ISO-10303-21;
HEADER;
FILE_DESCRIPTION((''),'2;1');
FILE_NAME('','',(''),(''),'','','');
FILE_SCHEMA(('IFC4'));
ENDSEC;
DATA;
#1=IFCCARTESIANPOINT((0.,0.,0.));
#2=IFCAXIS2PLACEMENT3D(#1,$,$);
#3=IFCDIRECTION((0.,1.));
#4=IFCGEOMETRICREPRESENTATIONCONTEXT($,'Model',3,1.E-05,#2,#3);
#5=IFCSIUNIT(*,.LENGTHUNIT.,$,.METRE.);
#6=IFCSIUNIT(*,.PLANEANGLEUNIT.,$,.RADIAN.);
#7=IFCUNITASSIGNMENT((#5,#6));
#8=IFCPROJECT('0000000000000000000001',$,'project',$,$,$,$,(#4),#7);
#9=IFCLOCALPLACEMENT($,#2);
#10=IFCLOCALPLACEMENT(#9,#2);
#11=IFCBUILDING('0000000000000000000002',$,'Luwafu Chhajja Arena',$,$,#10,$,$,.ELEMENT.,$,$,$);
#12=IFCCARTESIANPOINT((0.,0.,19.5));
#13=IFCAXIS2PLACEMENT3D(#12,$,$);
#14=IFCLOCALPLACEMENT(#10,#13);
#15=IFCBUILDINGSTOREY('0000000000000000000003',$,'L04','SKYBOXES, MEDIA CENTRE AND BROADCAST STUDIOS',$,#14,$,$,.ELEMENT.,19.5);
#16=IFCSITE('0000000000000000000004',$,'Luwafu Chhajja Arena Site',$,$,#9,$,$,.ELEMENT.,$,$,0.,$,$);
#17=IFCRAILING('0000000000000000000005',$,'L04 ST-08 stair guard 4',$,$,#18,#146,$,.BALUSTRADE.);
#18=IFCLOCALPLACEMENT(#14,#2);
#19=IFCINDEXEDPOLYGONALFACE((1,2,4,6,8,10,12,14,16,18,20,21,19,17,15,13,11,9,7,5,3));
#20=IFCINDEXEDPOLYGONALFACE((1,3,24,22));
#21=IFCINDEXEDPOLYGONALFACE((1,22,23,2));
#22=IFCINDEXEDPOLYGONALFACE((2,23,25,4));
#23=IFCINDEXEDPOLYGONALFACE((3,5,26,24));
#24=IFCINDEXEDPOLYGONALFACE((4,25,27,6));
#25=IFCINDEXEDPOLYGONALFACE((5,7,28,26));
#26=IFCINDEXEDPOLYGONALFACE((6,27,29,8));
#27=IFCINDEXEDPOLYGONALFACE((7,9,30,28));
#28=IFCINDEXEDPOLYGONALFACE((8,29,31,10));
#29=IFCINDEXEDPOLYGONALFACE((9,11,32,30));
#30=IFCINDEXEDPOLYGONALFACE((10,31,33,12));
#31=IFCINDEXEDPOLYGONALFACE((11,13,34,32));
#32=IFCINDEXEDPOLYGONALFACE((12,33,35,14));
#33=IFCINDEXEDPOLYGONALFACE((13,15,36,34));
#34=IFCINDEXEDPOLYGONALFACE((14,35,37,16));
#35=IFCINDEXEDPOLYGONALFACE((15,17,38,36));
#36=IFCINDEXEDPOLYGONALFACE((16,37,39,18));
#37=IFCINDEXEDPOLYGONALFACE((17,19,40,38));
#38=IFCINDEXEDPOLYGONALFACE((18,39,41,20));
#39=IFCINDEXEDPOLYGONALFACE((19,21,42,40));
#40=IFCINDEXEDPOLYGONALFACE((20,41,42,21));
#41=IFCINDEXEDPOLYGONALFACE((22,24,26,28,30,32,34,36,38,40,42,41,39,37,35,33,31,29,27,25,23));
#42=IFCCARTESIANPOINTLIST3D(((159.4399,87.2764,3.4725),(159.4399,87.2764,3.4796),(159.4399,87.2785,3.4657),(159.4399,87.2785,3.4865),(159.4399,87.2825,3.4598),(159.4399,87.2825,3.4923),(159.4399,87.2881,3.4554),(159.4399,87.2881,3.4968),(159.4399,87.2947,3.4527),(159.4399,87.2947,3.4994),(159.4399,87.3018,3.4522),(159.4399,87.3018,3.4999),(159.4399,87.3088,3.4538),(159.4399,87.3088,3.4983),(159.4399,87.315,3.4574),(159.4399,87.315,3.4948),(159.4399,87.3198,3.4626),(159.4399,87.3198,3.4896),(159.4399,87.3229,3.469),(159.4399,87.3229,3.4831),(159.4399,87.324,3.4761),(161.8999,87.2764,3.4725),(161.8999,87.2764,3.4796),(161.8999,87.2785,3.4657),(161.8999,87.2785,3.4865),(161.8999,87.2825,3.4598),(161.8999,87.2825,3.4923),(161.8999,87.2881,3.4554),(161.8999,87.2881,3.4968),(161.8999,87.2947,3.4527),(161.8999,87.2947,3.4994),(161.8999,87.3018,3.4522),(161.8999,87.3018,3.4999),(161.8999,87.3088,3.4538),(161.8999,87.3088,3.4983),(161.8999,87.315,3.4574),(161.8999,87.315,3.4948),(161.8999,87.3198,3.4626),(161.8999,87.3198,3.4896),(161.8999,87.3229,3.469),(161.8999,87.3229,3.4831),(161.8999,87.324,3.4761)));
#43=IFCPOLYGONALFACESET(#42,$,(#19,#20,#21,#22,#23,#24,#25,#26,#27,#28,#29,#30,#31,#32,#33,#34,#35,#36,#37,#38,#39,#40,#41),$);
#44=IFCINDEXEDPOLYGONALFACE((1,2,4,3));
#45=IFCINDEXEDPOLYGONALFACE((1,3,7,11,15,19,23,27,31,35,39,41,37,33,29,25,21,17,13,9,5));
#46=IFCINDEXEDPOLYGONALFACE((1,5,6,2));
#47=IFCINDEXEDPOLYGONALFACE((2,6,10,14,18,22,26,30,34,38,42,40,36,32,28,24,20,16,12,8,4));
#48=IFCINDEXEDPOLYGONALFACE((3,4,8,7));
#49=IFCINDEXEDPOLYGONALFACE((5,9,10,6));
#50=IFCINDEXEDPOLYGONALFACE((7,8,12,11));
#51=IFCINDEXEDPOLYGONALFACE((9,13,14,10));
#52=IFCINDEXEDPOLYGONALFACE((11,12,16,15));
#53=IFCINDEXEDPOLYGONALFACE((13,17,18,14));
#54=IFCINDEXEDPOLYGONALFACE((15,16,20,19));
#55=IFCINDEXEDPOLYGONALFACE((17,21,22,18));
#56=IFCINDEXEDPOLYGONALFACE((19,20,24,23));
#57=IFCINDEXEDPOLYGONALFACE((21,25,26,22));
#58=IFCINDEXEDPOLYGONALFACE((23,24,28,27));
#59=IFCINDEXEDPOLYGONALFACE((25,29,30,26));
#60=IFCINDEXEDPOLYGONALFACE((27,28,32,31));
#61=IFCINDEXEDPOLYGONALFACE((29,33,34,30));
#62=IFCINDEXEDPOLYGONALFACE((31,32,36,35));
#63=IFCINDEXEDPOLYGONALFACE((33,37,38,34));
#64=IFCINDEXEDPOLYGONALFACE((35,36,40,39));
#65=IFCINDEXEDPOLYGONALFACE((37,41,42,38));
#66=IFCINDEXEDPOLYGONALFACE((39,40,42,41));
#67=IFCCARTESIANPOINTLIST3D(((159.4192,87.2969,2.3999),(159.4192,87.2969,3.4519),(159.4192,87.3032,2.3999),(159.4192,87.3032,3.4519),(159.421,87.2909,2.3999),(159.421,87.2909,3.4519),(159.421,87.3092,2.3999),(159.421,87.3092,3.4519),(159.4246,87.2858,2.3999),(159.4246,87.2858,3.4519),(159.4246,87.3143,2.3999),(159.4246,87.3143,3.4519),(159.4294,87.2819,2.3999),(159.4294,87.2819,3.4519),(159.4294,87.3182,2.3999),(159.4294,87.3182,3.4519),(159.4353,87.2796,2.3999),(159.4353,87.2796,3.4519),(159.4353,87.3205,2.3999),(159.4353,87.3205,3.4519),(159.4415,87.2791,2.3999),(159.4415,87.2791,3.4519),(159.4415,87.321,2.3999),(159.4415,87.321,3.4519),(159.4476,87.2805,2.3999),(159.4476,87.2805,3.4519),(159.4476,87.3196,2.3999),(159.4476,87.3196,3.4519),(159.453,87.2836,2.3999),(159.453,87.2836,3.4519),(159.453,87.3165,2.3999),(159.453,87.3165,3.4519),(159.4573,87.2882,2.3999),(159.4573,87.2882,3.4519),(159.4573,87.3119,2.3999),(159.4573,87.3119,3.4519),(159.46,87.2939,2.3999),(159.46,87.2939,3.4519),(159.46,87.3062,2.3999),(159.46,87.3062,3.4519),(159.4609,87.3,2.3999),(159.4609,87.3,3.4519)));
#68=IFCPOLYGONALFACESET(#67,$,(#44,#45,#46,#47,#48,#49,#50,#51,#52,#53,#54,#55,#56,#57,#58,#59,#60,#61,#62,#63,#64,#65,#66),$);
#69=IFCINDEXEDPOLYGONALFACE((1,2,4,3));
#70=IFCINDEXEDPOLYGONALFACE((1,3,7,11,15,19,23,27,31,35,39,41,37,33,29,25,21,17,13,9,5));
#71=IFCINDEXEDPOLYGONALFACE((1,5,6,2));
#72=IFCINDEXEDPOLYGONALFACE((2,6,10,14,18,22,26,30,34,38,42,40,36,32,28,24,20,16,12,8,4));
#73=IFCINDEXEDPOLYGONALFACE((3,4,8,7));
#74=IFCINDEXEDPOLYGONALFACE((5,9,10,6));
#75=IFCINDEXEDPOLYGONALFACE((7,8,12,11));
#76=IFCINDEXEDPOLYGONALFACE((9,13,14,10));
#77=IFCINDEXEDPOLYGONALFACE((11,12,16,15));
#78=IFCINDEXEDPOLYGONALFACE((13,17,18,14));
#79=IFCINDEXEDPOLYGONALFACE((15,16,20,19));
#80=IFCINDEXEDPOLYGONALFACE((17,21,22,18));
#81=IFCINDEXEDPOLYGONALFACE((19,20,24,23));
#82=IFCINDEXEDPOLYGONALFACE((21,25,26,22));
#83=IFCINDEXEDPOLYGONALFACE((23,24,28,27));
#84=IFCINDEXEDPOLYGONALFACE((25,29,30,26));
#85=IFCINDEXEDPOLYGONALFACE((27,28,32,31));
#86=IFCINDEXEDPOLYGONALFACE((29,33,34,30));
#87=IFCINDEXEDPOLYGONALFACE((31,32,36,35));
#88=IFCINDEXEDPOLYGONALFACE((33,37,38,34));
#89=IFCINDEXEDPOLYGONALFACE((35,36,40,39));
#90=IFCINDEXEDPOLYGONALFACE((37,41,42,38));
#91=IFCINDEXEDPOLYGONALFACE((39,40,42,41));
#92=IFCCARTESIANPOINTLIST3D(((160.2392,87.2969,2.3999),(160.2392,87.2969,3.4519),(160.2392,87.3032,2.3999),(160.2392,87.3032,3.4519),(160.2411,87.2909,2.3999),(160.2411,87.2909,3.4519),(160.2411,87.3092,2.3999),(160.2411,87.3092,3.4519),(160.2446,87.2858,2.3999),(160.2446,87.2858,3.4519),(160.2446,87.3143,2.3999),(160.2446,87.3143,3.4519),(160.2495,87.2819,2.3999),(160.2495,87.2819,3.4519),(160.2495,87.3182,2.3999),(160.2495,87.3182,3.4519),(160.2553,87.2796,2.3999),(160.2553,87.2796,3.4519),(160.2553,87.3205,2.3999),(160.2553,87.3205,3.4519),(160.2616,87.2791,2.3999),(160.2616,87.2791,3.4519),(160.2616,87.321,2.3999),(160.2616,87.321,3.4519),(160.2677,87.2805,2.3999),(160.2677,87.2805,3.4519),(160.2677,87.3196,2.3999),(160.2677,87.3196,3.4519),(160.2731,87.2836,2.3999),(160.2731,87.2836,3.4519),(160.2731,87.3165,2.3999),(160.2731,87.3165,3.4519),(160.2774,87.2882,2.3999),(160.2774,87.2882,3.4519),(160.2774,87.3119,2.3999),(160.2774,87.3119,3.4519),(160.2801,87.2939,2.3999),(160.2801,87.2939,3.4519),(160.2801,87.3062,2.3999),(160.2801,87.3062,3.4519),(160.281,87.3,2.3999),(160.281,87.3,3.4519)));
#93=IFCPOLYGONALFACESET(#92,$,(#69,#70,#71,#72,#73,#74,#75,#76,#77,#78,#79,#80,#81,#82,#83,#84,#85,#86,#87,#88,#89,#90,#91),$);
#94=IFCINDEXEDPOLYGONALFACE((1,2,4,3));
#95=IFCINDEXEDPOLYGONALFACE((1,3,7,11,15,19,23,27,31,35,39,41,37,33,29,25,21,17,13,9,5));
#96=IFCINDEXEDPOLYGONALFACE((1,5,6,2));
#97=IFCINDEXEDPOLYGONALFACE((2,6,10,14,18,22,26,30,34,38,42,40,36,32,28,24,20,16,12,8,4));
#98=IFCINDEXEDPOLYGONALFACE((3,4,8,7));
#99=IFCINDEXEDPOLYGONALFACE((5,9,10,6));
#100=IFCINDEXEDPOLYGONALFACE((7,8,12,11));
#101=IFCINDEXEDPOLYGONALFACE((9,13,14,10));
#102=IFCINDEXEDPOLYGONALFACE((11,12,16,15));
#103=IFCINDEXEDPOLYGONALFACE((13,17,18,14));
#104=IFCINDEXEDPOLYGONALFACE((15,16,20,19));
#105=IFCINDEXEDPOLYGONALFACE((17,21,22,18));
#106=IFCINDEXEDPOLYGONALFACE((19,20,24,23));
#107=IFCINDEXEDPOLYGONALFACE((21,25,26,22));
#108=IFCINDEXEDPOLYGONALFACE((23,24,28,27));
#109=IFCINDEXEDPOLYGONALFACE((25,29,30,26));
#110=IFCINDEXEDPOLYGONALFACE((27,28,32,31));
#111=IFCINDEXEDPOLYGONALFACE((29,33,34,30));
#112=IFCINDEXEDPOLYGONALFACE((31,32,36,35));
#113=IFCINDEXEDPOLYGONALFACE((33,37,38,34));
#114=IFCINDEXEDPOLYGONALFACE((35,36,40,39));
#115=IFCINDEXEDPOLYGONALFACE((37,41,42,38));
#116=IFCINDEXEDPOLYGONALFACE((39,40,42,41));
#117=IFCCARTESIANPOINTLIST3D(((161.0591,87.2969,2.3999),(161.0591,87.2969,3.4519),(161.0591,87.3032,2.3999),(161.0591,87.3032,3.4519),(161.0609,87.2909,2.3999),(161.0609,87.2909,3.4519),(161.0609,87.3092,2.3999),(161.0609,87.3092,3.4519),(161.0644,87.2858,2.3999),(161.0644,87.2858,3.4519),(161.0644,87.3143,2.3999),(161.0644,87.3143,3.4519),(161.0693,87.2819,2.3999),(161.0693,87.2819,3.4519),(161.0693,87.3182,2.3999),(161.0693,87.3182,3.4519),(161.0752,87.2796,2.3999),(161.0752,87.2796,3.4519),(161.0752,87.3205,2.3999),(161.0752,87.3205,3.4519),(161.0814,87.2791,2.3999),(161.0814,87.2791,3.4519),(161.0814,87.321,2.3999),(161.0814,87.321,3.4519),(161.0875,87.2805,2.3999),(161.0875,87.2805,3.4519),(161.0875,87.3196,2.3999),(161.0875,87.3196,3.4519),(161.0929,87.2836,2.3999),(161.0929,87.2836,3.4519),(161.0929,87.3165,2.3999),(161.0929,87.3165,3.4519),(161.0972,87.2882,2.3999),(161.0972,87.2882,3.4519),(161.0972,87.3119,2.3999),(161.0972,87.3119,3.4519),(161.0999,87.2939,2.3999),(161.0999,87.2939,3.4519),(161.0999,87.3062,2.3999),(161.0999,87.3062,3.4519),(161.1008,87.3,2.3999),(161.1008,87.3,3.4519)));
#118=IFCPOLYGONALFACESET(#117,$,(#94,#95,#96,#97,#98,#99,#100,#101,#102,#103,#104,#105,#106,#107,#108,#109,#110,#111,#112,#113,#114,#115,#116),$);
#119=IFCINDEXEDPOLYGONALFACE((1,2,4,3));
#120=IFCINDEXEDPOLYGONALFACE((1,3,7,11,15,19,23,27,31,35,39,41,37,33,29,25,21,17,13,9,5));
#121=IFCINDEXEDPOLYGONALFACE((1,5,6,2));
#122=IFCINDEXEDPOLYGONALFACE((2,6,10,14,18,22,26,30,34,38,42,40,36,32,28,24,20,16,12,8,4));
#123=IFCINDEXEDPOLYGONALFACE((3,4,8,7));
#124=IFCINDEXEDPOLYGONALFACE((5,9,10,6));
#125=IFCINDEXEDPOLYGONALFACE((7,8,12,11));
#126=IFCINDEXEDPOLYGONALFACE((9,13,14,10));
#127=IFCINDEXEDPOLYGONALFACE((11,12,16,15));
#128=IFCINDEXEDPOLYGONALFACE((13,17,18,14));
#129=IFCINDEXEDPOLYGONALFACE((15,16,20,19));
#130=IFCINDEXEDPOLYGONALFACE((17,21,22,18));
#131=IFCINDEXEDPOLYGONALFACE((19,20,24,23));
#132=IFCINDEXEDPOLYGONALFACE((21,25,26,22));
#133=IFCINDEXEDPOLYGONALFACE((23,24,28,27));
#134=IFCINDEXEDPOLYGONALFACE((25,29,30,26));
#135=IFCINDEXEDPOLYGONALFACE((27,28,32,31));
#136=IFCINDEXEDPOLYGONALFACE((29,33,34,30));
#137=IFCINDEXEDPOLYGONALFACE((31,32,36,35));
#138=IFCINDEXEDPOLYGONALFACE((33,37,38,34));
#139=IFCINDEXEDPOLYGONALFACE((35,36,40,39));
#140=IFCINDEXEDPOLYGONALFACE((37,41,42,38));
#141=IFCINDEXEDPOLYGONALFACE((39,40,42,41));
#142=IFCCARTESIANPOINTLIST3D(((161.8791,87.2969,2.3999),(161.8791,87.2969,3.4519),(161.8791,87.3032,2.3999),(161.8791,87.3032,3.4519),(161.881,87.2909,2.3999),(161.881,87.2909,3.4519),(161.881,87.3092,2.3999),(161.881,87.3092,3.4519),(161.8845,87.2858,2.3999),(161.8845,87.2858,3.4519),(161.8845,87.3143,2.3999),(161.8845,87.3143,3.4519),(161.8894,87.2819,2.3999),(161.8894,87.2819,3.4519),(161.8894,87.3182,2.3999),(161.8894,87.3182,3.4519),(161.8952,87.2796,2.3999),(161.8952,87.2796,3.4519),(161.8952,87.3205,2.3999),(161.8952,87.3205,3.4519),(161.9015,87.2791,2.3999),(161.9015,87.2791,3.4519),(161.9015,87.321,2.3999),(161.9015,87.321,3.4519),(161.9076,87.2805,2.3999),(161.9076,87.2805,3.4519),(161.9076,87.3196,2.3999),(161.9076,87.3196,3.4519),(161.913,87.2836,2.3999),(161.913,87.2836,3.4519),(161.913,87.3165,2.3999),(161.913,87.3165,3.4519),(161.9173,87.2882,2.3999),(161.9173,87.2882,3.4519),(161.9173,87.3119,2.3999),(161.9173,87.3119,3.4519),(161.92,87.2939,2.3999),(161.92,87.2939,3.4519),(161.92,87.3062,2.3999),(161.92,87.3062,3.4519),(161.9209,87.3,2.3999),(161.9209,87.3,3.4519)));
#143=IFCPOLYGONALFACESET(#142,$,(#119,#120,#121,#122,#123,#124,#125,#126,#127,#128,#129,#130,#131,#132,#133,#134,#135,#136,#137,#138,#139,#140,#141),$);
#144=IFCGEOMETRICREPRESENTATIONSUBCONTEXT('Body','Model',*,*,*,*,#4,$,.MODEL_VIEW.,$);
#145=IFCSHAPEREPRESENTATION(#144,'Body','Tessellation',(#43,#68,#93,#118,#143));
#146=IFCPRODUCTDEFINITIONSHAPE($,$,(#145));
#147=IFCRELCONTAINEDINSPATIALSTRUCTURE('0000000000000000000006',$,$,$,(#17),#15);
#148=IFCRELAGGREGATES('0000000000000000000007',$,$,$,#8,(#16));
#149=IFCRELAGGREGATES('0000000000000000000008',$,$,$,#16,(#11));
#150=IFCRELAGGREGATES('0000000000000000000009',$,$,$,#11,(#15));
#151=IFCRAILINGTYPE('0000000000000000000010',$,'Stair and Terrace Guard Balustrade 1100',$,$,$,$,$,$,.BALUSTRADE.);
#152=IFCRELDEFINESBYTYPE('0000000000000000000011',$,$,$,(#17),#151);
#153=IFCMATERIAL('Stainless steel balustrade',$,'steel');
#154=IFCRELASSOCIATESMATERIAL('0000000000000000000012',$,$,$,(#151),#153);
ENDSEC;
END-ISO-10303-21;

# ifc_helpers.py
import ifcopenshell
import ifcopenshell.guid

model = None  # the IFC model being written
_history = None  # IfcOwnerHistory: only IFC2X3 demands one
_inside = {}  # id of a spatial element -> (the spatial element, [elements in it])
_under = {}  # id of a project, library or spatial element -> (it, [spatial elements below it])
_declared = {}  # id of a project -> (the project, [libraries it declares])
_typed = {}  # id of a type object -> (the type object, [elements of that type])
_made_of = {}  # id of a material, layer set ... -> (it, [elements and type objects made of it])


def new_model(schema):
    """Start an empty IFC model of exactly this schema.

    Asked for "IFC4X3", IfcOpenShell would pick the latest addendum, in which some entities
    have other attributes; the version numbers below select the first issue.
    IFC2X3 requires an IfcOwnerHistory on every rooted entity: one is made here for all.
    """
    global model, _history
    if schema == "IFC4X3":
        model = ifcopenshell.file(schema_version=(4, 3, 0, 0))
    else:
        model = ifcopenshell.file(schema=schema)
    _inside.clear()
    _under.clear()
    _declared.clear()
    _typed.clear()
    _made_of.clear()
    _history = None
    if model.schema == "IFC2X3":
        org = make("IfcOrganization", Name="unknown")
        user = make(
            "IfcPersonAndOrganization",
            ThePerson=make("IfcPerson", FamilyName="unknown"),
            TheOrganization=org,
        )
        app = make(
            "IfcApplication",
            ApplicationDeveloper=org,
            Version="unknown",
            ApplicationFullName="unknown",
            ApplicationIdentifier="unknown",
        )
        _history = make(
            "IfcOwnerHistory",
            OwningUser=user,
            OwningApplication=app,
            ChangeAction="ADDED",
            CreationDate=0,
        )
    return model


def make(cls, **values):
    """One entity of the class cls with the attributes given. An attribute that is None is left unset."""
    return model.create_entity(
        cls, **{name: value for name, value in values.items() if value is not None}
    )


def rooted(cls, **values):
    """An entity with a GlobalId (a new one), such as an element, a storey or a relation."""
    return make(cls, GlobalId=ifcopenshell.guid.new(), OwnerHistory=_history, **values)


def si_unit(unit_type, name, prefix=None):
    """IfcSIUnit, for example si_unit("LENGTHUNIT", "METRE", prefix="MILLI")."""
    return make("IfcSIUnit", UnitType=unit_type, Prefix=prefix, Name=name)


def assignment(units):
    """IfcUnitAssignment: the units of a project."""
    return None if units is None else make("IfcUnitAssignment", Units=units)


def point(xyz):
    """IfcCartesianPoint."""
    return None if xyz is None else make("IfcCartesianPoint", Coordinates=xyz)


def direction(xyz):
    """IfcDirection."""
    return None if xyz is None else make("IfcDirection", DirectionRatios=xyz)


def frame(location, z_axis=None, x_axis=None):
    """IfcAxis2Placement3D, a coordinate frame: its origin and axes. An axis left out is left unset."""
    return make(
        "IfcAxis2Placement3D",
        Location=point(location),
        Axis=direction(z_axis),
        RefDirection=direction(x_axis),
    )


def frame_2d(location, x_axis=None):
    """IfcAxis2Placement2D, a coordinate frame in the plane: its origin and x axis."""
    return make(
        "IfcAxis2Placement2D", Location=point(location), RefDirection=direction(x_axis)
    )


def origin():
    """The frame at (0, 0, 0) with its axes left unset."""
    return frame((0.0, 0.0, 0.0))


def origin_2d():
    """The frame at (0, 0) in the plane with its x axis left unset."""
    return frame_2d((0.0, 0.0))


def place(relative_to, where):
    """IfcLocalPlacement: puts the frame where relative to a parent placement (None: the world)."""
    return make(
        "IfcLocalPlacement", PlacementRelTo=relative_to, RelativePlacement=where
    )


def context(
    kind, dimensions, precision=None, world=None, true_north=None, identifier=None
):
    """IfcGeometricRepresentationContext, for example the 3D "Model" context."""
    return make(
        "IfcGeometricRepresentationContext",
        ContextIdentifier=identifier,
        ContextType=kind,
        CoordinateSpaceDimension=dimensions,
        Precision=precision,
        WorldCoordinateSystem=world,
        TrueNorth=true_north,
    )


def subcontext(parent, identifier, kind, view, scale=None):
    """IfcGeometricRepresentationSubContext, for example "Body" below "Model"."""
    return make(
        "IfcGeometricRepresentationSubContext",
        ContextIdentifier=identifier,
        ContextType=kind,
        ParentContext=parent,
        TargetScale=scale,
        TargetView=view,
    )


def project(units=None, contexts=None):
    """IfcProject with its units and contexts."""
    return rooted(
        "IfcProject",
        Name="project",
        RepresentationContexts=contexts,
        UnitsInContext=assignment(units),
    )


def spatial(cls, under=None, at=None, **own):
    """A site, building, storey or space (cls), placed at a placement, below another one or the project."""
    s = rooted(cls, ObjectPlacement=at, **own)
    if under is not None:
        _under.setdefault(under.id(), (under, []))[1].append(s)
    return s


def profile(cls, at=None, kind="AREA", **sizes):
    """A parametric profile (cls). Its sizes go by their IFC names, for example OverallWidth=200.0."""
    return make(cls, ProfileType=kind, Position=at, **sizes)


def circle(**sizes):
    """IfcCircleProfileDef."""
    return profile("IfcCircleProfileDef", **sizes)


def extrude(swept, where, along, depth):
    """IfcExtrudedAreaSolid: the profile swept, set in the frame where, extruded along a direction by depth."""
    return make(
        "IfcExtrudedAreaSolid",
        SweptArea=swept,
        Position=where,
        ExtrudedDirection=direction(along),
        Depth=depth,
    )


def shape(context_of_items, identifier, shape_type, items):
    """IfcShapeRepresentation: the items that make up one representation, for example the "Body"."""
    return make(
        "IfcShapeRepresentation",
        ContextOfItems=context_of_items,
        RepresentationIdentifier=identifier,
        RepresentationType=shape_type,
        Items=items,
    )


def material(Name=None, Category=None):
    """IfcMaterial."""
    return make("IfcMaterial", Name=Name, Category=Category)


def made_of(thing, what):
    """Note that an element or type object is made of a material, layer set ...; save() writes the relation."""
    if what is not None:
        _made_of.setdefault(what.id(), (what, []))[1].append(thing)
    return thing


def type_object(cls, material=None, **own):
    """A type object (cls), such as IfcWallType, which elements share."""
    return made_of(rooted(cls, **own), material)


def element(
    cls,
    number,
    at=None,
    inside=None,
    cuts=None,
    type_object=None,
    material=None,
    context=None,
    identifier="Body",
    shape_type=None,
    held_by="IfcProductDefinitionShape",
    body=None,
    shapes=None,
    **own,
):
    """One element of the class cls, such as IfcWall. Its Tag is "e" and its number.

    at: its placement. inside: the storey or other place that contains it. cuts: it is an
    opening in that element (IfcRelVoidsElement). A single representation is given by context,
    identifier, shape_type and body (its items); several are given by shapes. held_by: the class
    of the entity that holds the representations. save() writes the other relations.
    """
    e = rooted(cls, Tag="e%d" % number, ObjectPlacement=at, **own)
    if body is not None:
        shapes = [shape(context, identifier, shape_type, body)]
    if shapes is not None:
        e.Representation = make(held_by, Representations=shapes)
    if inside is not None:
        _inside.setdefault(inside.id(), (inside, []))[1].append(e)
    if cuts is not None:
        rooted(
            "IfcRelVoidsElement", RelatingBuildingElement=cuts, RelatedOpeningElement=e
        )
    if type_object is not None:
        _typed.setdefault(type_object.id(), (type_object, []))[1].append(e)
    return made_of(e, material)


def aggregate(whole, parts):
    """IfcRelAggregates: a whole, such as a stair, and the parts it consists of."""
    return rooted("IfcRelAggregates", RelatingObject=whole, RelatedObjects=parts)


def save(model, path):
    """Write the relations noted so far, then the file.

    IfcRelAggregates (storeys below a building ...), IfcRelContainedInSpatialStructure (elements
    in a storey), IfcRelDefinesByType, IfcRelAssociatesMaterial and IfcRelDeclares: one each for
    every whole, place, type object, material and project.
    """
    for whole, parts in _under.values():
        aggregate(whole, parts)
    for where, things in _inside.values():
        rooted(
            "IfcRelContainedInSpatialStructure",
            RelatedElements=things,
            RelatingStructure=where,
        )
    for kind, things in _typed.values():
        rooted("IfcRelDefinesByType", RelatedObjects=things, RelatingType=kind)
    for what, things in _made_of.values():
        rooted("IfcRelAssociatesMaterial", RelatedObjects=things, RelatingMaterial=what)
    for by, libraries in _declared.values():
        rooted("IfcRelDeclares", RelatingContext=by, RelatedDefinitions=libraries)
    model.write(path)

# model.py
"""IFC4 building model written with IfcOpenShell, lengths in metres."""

from ifc_helpers import new_model, si_unit, direction, frame, origin, origin_2d, place, context, subcontext, project, spatial, circle, extrude, material, type_object, element, save


model = new_model("IFC4")

# Units and contexts
model_context = context("Model", 3, precision=1e-05, world=origin(), true_north=direction((0.0, 1.0)))
body_context = subcontext(model_context, "Body", "Model", "MODEL_VIEW")
ifc_project = project(units=[si_unit("LENGTHUNIT", "METRE"), si_unit("PLANEANGLEUNIT", "RADIAN")], contexts=[model_context])

# Site, building, storey
site_placement = place(None, origin())
site = spatial("IfcSite", under=ifc_project, at=site_placement, Name="Luwafu Chhajja Arena Site", CompositionType="ELEMENT", RefElevation=0.0)
building_placement = place(site_placement, origin())
building = spatial("IfcBuilding", under=site, at=building_placement, Name="Luwafu Chhajja Arena", CompositionType="ELEMENT")
storey_placement = place(building_placement, frame((0.0, 0.0, 19.5)))
storey = spatial("IfcBuildingStorey", under=building, at=storey_placement, Name="L04", Description="SKYBOXES, MEDIA CENTRE AND BROADCAST STUDIOS", CompositionType="ELEMENT", Elevation=19.5)

# Railing
ifc_material_1 = material(Name="Stainless steel balustrade", Category="steel")
railing_type_1 = type_object("IfcRailingType", Name="Stair and Terrace Guard Balustrade 1100", PredefinedType="BALUSTRADE", material=ifc_material_1)
for number, where, name in (
    (1, (159.4399, 87.3, 2.3999), "L04 ST-08 stair guard 4"),
):
    element("IfcRailing", number, at=place(storey_placement, frame(where)), inside=storey, type_object=railing_type_1, Name=name, PredefinedType="BALUSTRADE", context=body_context, shape_type="SweptSolid", body=[
        extrude(circle(Radius=0.0239, at=origin_2d()), frame((0.0, 0.0, 1.0762), z_axis=(1.0, 0.0, 0.0), x_axis=(0.0, 1.0, 0.0)), (0.0, 0.0, 1.0), 2.46),
        extrude(circle(Radius=0.021, at=origin_2d()), origin(), (0.0, 0.0, 1.0), 1.052),
        extrude(circle(Radius=0.021, at=origin_2d()), frame((0.8201, 0.0, 0.0)), (0.0, 0.0, 1.0), 1.052),
        extrude(circle(Radius=0.021, at=origin_2d()), frame((1.6399, 0.0, 0.0)), (0.0, 0.0, 1.0), 1.052),
        extrude(circle(Radius=0.021, at=origin_2d()), frame((2.46, 0.0, 0.0)), (0.0, 0.0, 1.0), 1.052),
    ])

save(model, "model.ifc")
